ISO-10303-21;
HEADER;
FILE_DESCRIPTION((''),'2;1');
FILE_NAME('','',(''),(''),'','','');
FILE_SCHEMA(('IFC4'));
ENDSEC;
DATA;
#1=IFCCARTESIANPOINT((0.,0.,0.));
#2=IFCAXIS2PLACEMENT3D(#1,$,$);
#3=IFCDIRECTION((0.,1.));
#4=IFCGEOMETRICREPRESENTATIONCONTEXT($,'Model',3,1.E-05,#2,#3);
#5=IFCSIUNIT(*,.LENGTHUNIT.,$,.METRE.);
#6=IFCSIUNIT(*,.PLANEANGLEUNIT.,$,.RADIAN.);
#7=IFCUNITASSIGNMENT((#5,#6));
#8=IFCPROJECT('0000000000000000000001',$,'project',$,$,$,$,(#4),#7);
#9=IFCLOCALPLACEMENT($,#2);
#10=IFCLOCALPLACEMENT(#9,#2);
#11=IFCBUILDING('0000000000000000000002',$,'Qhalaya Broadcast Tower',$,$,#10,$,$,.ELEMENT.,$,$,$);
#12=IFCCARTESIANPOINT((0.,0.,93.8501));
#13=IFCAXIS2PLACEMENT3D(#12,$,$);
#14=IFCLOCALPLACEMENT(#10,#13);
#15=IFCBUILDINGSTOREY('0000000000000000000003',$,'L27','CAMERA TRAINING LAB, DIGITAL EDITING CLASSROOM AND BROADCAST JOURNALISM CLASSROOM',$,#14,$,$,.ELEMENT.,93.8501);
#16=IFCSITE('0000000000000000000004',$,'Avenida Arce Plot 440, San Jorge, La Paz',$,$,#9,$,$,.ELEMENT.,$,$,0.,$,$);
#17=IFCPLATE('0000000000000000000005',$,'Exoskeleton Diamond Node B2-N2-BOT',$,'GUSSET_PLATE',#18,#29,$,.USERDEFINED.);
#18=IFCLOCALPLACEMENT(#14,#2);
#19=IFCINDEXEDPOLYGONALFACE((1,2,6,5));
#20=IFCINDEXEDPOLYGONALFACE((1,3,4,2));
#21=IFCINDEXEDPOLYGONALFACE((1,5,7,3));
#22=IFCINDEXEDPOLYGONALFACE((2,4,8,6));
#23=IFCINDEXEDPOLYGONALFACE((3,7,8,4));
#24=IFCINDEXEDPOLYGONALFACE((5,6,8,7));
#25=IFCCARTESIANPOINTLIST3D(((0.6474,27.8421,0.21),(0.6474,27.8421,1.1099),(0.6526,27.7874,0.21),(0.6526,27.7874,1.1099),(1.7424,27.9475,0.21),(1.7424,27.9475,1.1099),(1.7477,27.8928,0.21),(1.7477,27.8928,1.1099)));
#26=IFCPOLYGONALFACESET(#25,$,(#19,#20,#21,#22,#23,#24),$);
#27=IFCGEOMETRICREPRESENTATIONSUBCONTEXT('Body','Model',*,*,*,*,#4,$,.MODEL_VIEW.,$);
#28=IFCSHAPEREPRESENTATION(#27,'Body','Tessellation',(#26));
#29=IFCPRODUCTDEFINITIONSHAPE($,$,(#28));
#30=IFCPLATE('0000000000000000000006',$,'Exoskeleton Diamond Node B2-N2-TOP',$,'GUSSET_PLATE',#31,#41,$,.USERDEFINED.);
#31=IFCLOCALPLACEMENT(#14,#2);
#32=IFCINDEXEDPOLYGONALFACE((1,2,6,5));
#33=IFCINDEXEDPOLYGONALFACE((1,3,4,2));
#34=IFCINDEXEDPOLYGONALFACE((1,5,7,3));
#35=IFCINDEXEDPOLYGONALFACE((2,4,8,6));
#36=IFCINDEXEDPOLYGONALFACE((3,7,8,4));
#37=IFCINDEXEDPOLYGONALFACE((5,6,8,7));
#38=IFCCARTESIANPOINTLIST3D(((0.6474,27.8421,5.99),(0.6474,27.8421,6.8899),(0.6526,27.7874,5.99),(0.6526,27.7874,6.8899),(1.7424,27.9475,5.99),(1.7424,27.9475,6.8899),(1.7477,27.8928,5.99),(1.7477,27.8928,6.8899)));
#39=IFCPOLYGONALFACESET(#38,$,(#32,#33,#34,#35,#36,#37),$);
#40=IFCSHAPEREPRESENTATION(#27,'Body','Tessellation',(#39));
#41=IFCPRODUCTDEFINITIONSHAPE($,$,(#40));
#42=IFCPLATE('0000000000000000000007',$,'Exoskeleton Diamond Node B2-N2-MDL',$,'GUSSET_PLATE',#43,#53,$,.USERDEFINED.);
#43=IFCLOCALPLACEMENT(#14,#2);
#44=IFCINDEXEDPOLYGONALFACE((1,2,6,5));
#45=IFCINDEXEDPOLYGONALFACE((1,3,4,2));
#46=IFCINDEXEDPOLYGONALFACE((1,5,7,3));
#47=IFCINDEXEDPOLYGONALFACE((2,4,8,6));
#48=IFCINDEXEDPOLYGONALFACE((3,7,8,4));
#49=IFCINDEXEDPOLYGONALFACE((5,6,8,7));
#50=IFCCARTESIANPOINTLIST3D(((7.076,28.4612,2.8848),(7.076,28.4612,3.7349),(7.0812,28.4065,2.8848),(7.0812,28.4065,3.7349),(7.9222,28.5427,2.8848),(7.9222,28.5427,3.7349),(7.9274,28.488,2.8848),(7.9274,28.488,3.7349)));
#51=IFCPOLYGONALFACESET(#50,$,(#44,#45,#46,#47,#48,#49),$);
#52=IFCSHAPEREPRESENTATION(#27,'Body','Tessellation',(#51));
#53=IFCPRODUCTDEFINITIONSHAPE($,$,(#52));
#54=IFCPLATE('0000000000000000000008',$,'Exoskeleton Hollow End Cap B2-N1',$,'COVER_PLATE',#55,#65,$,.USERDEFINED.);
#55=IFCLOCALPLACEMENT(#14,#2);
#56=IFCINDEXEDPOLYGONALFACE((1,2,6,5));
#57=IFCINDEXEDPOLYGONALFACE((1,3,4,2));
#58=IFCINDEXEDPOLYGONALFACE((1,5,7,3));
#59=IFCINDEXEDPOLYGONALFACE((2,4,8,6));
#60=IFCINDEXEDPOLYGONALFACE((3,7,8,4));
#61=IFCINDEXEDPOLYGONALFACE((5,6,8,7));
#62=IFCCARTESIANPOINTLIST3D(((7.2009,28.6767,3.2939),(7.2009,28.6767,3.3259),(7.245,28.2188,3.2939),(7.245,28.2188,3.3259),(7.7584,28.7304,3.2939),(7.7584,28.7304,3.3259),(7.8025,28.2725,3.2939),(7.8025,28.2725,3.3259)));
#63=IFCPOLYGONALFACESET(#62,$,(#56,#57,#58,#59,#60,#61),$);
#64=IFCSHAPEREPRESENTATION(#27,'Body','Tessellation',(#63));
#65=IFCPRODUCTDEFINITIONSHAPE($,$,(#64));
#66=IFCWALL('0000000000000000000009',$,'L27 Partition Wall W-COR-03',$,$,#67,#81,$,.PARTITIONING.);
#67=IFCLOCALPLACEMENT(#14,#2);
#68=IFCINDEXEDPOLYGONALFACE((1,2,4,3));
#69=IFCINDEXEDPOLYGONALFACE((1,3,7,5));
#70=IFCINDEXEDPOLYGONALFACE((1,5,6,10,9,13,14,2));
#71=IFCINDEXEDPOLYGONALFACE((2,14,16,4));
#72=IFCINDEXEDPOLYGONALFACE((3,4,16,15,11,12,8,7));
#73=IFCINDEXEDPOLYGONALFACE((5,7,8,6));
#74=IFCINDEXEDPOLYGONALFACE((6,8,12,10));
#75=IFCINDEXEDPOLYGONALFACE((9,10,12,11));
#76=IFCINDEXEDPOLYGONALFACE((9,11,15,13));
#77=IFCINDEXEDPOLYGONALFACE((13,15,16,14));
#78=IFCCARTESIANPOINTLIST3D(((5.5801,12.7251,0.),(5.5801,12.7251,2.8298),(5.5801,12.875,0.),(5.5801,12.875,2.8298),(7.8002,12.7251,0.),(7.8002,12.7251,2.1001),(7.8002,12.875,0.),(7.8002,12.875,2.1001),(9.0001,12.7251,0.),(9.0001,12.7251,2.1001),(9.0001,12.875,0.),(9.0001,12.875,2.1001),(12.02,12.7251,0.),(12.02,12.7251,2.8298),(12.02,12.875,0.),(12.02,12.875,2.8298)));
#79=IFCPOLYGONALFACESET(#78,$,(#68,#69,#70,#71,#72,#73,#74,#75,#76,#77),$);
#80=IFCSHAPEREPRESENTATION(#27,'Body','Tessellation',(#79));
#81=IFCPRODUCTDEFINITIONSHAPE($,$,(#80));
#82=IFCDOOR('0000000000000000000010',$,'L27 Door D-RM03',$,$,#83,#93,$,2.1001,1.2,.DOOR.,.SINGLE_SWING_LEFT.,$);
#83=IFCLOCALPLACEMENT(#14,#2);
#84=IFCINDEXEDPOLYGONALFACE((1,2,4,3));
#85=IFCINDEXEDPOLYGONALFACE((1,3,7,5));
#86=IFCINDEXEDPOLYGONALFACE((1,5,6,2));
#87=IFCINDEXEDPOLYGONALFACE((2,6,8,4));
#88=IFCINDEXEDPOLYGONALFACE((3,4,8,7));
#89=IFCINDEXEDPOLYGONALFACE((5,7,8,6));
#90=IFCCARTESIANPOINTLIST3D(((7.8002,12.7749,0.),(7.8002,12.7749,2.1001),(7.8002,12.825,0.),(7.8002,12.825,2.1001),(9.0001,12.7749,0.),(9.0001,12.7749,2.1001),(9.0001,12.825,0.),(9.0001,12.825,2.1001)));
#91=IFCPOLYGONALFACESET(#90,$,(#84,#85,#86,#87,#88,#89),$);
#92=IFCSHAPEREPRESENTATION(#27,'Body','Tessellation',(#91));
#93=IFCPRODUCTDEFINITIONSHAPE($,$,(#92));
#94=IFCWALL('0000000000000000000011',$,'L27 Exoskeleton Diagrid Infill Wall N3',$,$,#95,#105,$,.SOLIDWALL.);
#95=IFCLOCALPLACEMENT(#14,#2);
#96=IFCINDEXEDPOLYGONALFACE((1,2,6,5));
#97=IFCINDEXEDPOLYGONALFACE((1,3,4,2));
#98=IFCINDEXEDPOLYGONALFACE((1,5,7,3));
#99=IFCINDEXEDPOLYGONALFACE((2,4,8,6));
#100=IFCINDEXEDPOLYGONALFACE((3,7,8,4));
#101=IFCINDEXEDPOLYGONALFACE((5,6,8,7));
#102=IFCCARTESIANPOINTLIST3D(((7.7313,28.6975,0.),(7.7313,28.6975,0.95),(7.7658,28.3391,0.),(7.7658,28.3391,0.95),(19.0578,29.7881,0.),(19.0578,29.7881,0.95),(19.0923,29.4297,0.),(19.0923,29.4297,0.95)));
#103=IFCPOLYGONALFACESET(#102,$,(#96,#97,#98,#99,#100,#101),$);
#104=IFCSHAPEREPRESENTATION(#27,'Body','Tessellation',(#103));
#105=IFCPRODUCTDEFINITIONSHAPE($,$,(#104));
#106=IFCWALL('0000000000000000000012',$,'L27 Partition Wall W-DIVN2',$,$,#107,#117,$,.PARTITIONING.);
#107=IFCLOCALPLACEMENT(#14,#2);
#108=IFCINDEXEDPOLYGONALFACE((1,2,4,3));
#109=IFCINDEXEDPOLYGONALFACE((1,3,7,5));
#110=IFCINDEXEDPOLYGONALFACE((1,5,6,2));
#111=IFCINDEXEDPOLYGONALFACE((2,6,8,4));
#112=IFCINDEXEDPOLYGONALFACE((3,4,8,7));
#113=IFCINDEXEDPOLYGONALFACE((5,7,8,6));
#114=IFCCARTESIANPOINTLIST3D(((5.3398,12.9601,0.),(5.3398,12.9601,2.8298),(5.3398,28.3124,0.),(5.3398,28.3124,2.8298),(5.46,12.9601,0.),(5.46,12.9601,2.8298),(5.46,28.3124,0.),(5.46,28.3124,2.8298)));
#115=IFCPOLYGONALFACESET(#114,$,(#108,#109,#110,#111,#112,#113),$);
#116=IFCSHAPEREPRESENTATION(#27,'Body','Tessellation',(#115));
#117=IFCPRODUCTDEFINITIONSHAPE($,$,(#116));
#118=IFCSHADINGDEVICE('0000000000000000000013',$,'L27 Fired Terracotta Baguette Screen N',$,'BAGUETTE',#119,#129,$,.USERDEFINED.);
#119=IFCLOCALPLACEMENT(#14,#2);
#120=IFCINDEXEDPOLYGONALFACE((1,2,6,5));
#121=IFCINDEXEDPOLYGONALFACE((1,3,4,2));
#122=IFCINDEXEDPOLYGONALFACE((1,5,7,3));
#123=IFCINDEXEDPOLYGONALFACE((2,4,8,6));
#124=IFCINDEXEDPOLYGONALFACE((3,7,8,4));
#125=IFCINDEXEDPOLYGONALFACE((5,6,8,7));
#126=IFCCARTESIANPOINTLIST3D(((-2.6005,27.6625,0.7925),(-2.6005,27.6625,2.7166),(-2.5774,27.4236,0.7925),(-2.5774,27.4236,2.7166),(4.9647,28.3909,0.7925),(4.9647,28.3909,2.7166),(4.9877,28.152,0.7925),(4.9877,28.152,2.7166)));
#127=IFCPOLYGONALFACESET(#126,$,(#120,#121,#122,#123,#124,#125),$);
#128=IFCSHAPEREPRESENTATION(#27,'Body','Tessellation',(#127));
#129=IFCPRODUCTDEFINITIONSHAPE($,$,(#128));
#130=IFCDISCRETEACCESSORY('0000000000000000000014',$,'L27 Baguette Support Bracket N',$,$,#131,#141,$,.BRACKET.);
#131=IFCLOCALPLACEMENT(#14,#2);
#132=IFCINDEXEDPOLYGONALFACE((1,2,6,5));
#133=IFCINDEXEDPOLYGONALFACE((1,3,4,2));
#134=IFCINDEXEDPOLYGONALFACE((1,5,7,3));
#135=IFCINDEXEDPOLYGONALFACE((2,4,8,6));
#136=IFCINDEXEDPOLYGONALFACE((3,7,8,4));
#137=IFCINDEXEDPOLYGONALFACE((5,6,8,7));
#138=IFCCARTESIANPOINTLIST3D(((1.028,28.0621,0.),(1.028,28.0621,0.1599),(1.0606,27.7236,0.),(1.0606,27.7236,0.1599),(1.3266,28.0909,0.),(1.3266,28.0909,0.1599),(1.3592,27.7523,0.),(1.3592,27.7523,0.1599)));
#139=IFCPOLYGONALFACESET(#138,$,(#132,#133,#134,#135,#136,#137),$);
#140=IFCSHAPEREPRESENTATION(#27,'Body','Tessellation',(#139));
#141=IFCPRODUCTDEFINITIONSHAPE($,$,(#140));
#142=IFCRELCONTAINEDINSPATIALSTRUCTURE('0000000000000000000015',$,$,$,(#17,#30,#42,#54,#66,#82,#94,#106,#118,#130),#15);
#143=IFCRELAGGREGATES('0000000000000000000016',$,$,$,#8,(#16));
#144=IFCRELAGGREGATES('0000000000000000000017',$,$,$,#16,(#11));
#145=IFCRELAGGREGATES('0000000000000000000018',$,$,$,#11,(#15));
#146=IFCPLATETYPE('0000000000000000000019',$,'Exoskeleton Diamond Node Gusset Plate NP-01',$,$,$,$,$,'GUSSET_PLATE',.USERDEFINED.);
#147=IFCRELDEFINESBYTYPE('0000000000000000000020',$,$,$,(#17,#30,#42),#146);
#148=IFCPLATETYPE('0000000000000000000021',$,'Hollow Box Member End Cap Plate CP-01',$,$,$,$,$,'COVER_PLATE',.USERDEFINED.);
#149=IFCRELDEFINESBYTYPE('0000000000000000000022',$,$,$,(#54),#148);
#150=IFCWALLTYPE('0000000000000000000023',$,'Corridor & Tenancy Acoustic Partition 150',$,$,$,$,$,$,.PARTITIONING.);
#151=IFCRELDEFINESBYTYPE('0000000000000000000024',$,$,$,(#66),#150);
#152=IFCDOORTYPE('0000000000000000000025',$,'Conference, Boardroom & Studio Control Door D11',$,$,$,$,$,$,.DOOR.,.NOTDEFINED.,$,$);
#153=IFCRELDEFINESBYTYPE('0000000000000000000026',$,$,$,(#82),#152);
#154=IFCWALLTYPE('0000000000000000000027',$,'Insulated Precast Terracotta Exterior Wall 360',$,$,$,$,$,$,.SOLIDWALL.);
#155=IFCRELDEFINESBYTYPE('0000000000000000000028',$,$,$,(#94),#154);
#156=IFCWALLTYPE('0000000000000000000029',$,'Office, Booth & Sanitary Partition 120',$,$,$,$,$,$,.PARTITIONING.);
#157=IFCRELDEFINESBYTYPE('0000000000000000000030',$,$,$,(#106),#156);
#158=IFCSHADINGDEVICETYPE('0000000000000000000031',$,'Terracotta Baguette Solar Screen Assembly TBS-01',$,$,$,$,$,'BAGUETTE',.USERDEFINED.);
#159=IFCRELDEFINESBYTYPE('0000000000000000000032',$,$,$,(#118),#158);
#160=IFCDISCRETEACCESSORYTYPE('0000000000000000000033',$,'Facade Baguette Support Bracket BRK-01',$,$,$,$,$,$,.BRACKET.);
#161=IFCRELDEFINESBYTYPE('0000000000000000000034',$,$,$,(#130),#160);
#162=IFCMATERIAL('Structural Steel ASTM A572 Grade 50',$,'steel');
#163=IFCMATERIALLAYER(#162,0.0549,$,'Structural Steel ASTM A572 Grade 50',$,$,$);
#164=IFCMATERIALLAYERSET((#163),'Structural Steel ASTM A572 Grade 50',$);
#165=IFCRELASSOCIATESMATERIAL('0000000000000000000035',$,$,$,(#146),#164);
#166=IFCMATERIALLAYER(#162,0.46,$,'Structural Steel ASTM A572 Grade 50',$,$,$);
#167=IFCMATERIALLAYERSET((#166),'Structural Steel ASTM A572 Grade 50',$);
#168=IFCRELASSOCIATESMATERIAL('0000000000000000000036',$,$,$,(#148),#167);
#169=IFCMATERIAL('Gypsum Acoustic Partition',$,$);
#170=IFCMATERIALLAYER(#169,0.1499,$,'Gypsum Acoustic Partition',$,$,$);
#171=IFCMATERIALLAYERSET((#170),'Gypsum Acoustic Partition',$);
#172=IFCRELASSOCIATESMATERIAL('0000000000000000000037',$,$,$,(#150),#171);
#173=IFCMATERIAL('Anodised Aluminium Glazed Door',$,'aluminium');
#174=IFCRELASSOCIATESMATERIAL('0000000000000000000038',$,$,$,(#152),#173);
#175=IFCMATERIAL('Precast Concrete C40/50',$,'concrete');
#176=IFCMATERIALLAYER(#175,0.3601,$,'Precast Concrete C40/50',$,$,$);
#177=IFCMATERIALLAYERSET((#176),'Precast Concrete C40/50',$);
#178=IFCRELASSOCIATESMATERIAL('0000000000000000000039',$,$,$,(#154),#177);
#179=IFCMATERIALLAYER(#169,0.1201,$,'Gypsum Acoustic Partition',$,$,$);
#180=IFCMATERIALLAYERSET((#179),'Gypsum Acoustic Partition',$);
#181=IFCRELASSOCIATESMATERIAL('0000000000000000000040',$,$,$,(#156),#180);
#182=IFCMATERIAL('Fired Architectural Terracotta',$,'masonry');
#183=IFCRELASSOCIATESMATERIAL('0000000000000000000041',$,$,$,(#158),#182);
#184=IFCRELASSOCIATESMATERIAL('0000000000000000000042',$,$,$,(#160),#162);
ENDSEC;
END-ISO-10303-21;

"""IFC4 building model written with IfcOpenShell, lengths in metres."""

from ifc_helpers import new_model, si_unit, direction, frame, frame_2d, origin, origin_2d, place, context, subcontext, project, spatial, rectangle, extrude, material, layer, layer_set, type_object, element, fill, save


model = new_model("IFC4")

# Units and contexts
model_context = context("Model", 3, precision=1e-05, world=origin(), true_north=direction((0.0, 1.0)))
body_context = subcontext(model_context, "Body", "Model", "MODEL_VIEW")
ifc_project = project(units=[si_unit("LENGTHUNIT", "METRE"), si_unit("PLANEANGLEUNIT", "RADIAN")], contexts=[model_context])

# Site, building, storey
site_placement = place(None, origin())
site = spatial("IfcSite", under=ifc_project, at=site_placement, Name="Avenida Arce Plot 440, San Jorge, La Paz", CompositionType="ELEMENT", RefElevation=0.0)
building_placement = place(site_placement, origin())
building = spatial("IfcBuilding", under=site, at=building_placement, Name="Qhalaya Broadcast Tower", CompositionType="ELEMENT")
storey_placement = place(building_placement, frame((0.0, 0.0, 93.8501)))
storey = spatial("IfcBuildingStorey", under=building, at=storey_placement, Name="L27", Description="CAMERA TRAINING LAB, DIGITAL EDITING CLASSROOM AND BROADCAST JOURNALISM CLASSROOM", CompositionType="ELEMENT", Elevation=93.8501)

# Shared definitions
ifc_material_1 = material(Name="Structural Steel ASTM A572 Grade 50", Category="steel")

# Plates
ifc_layer_1 = layer(ifc_material_1, 0.0549, Name="Structural Steel ASTM A572 Grade 50")
ifc_layer_set_1 = layer_set([ifc_layer_1], Name="Structural Steel ASTM A572 Grade 50")
plate_type_1 = type_object("IfcPlateType", Name="Exoskeleton Diamond Node Gusset Plate NP-01", ElementType="GUSSET_PLATE", PredefinedType="USERDEFINED", material=ifc_layer_set_1)
for number, where, z_axis, x_axis, name in (
    (1, (1.1975, 27.8674, 0.21), (0.0, 0.0, 1.0), (0.995396, 0.095846, 0.0), "Exoskeleton Diamond Node B2-N2-BOT"),
    (2, (1.1975, 27.8674, 5.99), (0.0, 0.0, 1.0), (0.995396, 0.095846, 0.0), "Exoskeleton Diamond Node B2-N2-TOP"),
):
    element("IfcPlate", number, at=place(storey_placement, frame(where, z_axis=z_axis, x_axis=x_axis)), inside=storey, type_object=plate_type_1, Name=name, ObjectType="GUSSET_PLATE", PredefinedType="USERDEFINED", context=body_context, shape_type="SweptSolid", body=[
        extrude(rectangle(XDim=1.1001, YDim=0.0549, at=origin_2d()), origin(), (0.0, 0.0, 1.0), 0.8999),
    ])
plate_1_placement = place(storey_placement, frame((7.5017, 28.4746, 2.8848), z_axis=(0.0, 0.0, 1.0), x_axis=(0.995396, 0.095846, 0.0)))
element("IfcPlate", 3, at=plate_1_placement, inside=storey, type_object=plate_type_1, Name="Exoskeleton Diamond Node B2-N2-MDL", ObjectType="GUSSET_PLATE", PredefinedType="USERDEFINED", context=body_context, shape_type="SweptSolid", body=[
    extrude(rectangle(XDim=0.8501, YDim=0.0549, at=origin_2d()), origin(), (0.0, 0.0, 1.0), 0.8501),
])
ifc_layer_2 = layer(ifc_material_1, 0.46, Name="Structural Steel ASTM A572 Grade 50")
ifc_layer_set_2 = layer_set([ifc_layer_2], Name="Structural Steel ASTM A572 Grade 50")
plate_type_2 = type_object("IfcPlateType", Name="Hollow Box Member End Cap Plate CP-01", ElementType="COVER_PLATE", PredefinedType="USERDEFINED", material=ifc_layer_set_2)
plate_2_placement = place(storey_placement, frame((7.5017, 28.4746, 3.2939), z_axis=(0.0, 0.0, 1.0), x_axis=(0.995396, 0.095846, 0.0)))
element("IfcPlate", 4, at=plate_2_placement, inside=storey, type_object=plate_type_2, Name="Exoskeleton Hollow End Cap B2-N1", ObjectType="COVER_PLATE", PredefinedType="USERDEFINED", context=body_context, shape_type="SweptSolid", body=[
    extrude(rectangle(XDim=0.5601, YDim=0.46, at=origin_2d()), origin(), (0.0, 0.0, 1.0), 0.032),
])

# Wall, opening, door
ifc_material_2 = material(Name="Gypsum Acoustic Partition")
ifc_layer_3 = layer(ifc_material_2, 0.1499, Name="Gypsum Acoustic Partition")
ifc_layer_set_3 = layer_set([ifc_layer_3], Name="Gypsum Acoustic Partition")
wall_type_1 = type_object("IfcWallType", Name="Corridor & Tenancy Acoustic Partition 150", PredefinedType="PARTITIONING", material=ifc_layer_set_3)
wall_1_placement = place(storey_placement, frame((5.5801, 12.8, 0.0), z_axis=(0.0, 0.0, 1.0), x_axis=(1.0, 0.0, 0.0)))
wall_1 = element("IfcWall", 5, at=wall_1_placement, inside=storey, type_object=wall_type_1, Name="L27 Partition Wall W-COR-03", PredefinedType="PARTITIONING", context=body_context, shape_type="SweptSolid", body=[
    extrude(rectangle(XDim=6.4399, YDim=0.1499, at=frame_2d((3.22, 0.0))), origin(), (0.0, 0.0, 1.0), 2.8298),
])
opening_placement = place(wall_1_placement, frame((2.22, 0.0, 0.0)))
opening = element("IfcOpeningElement", 6, at=opening_placement, cuts=wall_1, PredefinedType="OPENING", context=body_context, shape_type="SweptSolid", body=[
    extrude(rectangle(XDim=1.2, YDim=2.1001, at=frame_2d((0.6001, 1.05))), frame((0.0, 0.0869, 0.0), z_axis=(0.0, -1.0, 0.0), x_axis=(1.0, 0.0, 0.0)), (0.0, 0.0, 1.0), 0.1738),
])
ifc_material_3 = material(Name="Anodised Aluminium Glazed Door", Category="aluminium")
door_type = type_object("IfcDoorType", Name="Conference, Boardroom & Studio Control Door D11", OperationType="NOTDEFINED", PredefinedType="DOOR", material=ifc_material_3)
door_placement = place(opening_placement, origin())
door = element("IfcDoor", 7, at=door_placement, inside=storey, type_object=door_type, Name="L27 Door D-RM03", OperationType="SINGLE_SWING_LEFT", OverallHeight=2.1001, OverallWidth=1.2, PredefinedType="DOOR", context=body_context, shape_type="SweptSolid", body=[
    extrude(rectangle(XDim=1.2, YDim=2.1001, at=frame_2d((0.6001, 1.05))), frame((0.0, 0.0249, 0.0), z_axis=(0.0, -1.0, 0.0), x_axis=(1.0, 0.0, 0.0)), (0.0, 0.0, 1.0), 0.05),
])
fill(opening, door)

# Walls
ifc_material_4 = material(Name="Precast Concrete C40/50", Category="concrete")
ifc_layer_4 = layer(ifc_material_4, 0.3601, Name="Precast Concrete C40/50")
ifc_layer_set_4 = layer_set([ifc_layer_4], Name="Precast Concrete C40/50")
wall_type_2 = type_object("IfcWallType", Name="Insulated Precast Terracotta Exterior Wall 360", PredefinedType="SOLIDWALL", material=ifc_layer_set_4)
wall_2_placement = place(storey_placement, frame((7.7485, 28.5183, 0.0), z_axis=(0.0, 0.0, 1.0), x_axis=(0.995396, 0.095843, 0.0)))
element("IfcWall", 8, at=wall_2_placement, inside=storey, type_object=wall_type_2, Name="L27 Exoskeleton Diagrid Infill Wall N3", PredefinedType="SOLIDWALL", context=body_context, shape_type="SweptSolid", body=[
    extrude(rectangle(XDim=11.3789, YDim=0.3601, at=frame_2d((5.6895, 0.0))), origin(), (0.0, 0.0, 1.0), 0.95),
])
ifc_layer_5 = layer(ifc_material_2, 0.1201, Name="Gypsum Acoustic Partition")
ifc_layer_set_5 = layer_set([ifc_layer_5], Name="Gypsum Acoustic Partition")
wall_type_3 = type_object("IfcWallType", Name="Office, Booth & Sanitary Partition 120", PredefinedType="PARTITIONING", material=ifc_layer_set_5)
wall_3_placement = place(storey_placement, frame((5.3999, 12.96, 0.0), z_axis=(0.0, 0.0, 1.0), x_axis=(0.0, 1.0, 0.0)))
element("IfcWall", 9, at=wall_3_placement, inside=storey, type_object=wall_type_3, Name="L27 Partition Wall W-DIVN2", PredefinedType="PARTITIONING", context=body_context, shape_type="SweptSolid", body=[
    extrude(rectangle(XDim=15.3523, YDim=0.1201, at=frame_2d((7.6763, 0.0))), origin(), (0.0, 0.0, 1.0), 2.8298),
])

# Shading device
ifc_material_5 = material(Name="Fired Architectural Terracotta", Category="masonry")
shading_device_type = type_object("IfcShadingDeviceType", Name="Terracotta Baguette Solar Screen Assembly TBS-01", ElementType="BAGUETTE", PredefinedType="USERDEFINED", material=ifc_material_5)
shading_device_placement = place(storey_placement, frame((1.1936, 27.9072, 0.7925), z_axis=(0.0, 0.0, 1.0), x_axis=(-0.995396, -0.095846, 0.0)))
element("IfcShadingDevice", 10, at=shading_device_placement, inside=storey, type_object=shading_device_type, Name="L27 Fired Terracotta Baguette Screen N", ObjectType="BAGUETTE", PredefinedType="USERDEFINED", context=body_context, shape_type="SweptSolid", body=[
    extrude(rectangle(XDim=7.6001, YDim=0.24, at=origin_2d()), origin(), (0.0, 0.0, 1.0), 1.9241),
])

# Discrete accessory
discrete_accessory_type = type_object("IfcDiscreteAccessoryType", Name="Facade Baguette Support Bracket BRK-01", PredefinedType="BRACKET", material=ifc_material_1)
discrete_accessory_placement = place(storey_placement, frame((1.1936, 27.9072, 0.0), z_axis=(0.0, 0.0, 1.0), x_axis=(-0.995396, -0.095846, 0.0)))
element("IfcDiscreteAccessory", 11, at=discrete_accessory_placement, inside=storey, type_object=discrete_accessory_type, Name="L27 Baguette Support Bracket N", PredefinedType="BRACKET", context=body_context, shape_type="SweptSolid", body=[
    extrude(rectangle(XDim=0.3, YDim=0.3401, at=origin_2d()), origin(), (0.0, 0.0, 1.0), 0.1599),
])

save(model, "model.ifc")
